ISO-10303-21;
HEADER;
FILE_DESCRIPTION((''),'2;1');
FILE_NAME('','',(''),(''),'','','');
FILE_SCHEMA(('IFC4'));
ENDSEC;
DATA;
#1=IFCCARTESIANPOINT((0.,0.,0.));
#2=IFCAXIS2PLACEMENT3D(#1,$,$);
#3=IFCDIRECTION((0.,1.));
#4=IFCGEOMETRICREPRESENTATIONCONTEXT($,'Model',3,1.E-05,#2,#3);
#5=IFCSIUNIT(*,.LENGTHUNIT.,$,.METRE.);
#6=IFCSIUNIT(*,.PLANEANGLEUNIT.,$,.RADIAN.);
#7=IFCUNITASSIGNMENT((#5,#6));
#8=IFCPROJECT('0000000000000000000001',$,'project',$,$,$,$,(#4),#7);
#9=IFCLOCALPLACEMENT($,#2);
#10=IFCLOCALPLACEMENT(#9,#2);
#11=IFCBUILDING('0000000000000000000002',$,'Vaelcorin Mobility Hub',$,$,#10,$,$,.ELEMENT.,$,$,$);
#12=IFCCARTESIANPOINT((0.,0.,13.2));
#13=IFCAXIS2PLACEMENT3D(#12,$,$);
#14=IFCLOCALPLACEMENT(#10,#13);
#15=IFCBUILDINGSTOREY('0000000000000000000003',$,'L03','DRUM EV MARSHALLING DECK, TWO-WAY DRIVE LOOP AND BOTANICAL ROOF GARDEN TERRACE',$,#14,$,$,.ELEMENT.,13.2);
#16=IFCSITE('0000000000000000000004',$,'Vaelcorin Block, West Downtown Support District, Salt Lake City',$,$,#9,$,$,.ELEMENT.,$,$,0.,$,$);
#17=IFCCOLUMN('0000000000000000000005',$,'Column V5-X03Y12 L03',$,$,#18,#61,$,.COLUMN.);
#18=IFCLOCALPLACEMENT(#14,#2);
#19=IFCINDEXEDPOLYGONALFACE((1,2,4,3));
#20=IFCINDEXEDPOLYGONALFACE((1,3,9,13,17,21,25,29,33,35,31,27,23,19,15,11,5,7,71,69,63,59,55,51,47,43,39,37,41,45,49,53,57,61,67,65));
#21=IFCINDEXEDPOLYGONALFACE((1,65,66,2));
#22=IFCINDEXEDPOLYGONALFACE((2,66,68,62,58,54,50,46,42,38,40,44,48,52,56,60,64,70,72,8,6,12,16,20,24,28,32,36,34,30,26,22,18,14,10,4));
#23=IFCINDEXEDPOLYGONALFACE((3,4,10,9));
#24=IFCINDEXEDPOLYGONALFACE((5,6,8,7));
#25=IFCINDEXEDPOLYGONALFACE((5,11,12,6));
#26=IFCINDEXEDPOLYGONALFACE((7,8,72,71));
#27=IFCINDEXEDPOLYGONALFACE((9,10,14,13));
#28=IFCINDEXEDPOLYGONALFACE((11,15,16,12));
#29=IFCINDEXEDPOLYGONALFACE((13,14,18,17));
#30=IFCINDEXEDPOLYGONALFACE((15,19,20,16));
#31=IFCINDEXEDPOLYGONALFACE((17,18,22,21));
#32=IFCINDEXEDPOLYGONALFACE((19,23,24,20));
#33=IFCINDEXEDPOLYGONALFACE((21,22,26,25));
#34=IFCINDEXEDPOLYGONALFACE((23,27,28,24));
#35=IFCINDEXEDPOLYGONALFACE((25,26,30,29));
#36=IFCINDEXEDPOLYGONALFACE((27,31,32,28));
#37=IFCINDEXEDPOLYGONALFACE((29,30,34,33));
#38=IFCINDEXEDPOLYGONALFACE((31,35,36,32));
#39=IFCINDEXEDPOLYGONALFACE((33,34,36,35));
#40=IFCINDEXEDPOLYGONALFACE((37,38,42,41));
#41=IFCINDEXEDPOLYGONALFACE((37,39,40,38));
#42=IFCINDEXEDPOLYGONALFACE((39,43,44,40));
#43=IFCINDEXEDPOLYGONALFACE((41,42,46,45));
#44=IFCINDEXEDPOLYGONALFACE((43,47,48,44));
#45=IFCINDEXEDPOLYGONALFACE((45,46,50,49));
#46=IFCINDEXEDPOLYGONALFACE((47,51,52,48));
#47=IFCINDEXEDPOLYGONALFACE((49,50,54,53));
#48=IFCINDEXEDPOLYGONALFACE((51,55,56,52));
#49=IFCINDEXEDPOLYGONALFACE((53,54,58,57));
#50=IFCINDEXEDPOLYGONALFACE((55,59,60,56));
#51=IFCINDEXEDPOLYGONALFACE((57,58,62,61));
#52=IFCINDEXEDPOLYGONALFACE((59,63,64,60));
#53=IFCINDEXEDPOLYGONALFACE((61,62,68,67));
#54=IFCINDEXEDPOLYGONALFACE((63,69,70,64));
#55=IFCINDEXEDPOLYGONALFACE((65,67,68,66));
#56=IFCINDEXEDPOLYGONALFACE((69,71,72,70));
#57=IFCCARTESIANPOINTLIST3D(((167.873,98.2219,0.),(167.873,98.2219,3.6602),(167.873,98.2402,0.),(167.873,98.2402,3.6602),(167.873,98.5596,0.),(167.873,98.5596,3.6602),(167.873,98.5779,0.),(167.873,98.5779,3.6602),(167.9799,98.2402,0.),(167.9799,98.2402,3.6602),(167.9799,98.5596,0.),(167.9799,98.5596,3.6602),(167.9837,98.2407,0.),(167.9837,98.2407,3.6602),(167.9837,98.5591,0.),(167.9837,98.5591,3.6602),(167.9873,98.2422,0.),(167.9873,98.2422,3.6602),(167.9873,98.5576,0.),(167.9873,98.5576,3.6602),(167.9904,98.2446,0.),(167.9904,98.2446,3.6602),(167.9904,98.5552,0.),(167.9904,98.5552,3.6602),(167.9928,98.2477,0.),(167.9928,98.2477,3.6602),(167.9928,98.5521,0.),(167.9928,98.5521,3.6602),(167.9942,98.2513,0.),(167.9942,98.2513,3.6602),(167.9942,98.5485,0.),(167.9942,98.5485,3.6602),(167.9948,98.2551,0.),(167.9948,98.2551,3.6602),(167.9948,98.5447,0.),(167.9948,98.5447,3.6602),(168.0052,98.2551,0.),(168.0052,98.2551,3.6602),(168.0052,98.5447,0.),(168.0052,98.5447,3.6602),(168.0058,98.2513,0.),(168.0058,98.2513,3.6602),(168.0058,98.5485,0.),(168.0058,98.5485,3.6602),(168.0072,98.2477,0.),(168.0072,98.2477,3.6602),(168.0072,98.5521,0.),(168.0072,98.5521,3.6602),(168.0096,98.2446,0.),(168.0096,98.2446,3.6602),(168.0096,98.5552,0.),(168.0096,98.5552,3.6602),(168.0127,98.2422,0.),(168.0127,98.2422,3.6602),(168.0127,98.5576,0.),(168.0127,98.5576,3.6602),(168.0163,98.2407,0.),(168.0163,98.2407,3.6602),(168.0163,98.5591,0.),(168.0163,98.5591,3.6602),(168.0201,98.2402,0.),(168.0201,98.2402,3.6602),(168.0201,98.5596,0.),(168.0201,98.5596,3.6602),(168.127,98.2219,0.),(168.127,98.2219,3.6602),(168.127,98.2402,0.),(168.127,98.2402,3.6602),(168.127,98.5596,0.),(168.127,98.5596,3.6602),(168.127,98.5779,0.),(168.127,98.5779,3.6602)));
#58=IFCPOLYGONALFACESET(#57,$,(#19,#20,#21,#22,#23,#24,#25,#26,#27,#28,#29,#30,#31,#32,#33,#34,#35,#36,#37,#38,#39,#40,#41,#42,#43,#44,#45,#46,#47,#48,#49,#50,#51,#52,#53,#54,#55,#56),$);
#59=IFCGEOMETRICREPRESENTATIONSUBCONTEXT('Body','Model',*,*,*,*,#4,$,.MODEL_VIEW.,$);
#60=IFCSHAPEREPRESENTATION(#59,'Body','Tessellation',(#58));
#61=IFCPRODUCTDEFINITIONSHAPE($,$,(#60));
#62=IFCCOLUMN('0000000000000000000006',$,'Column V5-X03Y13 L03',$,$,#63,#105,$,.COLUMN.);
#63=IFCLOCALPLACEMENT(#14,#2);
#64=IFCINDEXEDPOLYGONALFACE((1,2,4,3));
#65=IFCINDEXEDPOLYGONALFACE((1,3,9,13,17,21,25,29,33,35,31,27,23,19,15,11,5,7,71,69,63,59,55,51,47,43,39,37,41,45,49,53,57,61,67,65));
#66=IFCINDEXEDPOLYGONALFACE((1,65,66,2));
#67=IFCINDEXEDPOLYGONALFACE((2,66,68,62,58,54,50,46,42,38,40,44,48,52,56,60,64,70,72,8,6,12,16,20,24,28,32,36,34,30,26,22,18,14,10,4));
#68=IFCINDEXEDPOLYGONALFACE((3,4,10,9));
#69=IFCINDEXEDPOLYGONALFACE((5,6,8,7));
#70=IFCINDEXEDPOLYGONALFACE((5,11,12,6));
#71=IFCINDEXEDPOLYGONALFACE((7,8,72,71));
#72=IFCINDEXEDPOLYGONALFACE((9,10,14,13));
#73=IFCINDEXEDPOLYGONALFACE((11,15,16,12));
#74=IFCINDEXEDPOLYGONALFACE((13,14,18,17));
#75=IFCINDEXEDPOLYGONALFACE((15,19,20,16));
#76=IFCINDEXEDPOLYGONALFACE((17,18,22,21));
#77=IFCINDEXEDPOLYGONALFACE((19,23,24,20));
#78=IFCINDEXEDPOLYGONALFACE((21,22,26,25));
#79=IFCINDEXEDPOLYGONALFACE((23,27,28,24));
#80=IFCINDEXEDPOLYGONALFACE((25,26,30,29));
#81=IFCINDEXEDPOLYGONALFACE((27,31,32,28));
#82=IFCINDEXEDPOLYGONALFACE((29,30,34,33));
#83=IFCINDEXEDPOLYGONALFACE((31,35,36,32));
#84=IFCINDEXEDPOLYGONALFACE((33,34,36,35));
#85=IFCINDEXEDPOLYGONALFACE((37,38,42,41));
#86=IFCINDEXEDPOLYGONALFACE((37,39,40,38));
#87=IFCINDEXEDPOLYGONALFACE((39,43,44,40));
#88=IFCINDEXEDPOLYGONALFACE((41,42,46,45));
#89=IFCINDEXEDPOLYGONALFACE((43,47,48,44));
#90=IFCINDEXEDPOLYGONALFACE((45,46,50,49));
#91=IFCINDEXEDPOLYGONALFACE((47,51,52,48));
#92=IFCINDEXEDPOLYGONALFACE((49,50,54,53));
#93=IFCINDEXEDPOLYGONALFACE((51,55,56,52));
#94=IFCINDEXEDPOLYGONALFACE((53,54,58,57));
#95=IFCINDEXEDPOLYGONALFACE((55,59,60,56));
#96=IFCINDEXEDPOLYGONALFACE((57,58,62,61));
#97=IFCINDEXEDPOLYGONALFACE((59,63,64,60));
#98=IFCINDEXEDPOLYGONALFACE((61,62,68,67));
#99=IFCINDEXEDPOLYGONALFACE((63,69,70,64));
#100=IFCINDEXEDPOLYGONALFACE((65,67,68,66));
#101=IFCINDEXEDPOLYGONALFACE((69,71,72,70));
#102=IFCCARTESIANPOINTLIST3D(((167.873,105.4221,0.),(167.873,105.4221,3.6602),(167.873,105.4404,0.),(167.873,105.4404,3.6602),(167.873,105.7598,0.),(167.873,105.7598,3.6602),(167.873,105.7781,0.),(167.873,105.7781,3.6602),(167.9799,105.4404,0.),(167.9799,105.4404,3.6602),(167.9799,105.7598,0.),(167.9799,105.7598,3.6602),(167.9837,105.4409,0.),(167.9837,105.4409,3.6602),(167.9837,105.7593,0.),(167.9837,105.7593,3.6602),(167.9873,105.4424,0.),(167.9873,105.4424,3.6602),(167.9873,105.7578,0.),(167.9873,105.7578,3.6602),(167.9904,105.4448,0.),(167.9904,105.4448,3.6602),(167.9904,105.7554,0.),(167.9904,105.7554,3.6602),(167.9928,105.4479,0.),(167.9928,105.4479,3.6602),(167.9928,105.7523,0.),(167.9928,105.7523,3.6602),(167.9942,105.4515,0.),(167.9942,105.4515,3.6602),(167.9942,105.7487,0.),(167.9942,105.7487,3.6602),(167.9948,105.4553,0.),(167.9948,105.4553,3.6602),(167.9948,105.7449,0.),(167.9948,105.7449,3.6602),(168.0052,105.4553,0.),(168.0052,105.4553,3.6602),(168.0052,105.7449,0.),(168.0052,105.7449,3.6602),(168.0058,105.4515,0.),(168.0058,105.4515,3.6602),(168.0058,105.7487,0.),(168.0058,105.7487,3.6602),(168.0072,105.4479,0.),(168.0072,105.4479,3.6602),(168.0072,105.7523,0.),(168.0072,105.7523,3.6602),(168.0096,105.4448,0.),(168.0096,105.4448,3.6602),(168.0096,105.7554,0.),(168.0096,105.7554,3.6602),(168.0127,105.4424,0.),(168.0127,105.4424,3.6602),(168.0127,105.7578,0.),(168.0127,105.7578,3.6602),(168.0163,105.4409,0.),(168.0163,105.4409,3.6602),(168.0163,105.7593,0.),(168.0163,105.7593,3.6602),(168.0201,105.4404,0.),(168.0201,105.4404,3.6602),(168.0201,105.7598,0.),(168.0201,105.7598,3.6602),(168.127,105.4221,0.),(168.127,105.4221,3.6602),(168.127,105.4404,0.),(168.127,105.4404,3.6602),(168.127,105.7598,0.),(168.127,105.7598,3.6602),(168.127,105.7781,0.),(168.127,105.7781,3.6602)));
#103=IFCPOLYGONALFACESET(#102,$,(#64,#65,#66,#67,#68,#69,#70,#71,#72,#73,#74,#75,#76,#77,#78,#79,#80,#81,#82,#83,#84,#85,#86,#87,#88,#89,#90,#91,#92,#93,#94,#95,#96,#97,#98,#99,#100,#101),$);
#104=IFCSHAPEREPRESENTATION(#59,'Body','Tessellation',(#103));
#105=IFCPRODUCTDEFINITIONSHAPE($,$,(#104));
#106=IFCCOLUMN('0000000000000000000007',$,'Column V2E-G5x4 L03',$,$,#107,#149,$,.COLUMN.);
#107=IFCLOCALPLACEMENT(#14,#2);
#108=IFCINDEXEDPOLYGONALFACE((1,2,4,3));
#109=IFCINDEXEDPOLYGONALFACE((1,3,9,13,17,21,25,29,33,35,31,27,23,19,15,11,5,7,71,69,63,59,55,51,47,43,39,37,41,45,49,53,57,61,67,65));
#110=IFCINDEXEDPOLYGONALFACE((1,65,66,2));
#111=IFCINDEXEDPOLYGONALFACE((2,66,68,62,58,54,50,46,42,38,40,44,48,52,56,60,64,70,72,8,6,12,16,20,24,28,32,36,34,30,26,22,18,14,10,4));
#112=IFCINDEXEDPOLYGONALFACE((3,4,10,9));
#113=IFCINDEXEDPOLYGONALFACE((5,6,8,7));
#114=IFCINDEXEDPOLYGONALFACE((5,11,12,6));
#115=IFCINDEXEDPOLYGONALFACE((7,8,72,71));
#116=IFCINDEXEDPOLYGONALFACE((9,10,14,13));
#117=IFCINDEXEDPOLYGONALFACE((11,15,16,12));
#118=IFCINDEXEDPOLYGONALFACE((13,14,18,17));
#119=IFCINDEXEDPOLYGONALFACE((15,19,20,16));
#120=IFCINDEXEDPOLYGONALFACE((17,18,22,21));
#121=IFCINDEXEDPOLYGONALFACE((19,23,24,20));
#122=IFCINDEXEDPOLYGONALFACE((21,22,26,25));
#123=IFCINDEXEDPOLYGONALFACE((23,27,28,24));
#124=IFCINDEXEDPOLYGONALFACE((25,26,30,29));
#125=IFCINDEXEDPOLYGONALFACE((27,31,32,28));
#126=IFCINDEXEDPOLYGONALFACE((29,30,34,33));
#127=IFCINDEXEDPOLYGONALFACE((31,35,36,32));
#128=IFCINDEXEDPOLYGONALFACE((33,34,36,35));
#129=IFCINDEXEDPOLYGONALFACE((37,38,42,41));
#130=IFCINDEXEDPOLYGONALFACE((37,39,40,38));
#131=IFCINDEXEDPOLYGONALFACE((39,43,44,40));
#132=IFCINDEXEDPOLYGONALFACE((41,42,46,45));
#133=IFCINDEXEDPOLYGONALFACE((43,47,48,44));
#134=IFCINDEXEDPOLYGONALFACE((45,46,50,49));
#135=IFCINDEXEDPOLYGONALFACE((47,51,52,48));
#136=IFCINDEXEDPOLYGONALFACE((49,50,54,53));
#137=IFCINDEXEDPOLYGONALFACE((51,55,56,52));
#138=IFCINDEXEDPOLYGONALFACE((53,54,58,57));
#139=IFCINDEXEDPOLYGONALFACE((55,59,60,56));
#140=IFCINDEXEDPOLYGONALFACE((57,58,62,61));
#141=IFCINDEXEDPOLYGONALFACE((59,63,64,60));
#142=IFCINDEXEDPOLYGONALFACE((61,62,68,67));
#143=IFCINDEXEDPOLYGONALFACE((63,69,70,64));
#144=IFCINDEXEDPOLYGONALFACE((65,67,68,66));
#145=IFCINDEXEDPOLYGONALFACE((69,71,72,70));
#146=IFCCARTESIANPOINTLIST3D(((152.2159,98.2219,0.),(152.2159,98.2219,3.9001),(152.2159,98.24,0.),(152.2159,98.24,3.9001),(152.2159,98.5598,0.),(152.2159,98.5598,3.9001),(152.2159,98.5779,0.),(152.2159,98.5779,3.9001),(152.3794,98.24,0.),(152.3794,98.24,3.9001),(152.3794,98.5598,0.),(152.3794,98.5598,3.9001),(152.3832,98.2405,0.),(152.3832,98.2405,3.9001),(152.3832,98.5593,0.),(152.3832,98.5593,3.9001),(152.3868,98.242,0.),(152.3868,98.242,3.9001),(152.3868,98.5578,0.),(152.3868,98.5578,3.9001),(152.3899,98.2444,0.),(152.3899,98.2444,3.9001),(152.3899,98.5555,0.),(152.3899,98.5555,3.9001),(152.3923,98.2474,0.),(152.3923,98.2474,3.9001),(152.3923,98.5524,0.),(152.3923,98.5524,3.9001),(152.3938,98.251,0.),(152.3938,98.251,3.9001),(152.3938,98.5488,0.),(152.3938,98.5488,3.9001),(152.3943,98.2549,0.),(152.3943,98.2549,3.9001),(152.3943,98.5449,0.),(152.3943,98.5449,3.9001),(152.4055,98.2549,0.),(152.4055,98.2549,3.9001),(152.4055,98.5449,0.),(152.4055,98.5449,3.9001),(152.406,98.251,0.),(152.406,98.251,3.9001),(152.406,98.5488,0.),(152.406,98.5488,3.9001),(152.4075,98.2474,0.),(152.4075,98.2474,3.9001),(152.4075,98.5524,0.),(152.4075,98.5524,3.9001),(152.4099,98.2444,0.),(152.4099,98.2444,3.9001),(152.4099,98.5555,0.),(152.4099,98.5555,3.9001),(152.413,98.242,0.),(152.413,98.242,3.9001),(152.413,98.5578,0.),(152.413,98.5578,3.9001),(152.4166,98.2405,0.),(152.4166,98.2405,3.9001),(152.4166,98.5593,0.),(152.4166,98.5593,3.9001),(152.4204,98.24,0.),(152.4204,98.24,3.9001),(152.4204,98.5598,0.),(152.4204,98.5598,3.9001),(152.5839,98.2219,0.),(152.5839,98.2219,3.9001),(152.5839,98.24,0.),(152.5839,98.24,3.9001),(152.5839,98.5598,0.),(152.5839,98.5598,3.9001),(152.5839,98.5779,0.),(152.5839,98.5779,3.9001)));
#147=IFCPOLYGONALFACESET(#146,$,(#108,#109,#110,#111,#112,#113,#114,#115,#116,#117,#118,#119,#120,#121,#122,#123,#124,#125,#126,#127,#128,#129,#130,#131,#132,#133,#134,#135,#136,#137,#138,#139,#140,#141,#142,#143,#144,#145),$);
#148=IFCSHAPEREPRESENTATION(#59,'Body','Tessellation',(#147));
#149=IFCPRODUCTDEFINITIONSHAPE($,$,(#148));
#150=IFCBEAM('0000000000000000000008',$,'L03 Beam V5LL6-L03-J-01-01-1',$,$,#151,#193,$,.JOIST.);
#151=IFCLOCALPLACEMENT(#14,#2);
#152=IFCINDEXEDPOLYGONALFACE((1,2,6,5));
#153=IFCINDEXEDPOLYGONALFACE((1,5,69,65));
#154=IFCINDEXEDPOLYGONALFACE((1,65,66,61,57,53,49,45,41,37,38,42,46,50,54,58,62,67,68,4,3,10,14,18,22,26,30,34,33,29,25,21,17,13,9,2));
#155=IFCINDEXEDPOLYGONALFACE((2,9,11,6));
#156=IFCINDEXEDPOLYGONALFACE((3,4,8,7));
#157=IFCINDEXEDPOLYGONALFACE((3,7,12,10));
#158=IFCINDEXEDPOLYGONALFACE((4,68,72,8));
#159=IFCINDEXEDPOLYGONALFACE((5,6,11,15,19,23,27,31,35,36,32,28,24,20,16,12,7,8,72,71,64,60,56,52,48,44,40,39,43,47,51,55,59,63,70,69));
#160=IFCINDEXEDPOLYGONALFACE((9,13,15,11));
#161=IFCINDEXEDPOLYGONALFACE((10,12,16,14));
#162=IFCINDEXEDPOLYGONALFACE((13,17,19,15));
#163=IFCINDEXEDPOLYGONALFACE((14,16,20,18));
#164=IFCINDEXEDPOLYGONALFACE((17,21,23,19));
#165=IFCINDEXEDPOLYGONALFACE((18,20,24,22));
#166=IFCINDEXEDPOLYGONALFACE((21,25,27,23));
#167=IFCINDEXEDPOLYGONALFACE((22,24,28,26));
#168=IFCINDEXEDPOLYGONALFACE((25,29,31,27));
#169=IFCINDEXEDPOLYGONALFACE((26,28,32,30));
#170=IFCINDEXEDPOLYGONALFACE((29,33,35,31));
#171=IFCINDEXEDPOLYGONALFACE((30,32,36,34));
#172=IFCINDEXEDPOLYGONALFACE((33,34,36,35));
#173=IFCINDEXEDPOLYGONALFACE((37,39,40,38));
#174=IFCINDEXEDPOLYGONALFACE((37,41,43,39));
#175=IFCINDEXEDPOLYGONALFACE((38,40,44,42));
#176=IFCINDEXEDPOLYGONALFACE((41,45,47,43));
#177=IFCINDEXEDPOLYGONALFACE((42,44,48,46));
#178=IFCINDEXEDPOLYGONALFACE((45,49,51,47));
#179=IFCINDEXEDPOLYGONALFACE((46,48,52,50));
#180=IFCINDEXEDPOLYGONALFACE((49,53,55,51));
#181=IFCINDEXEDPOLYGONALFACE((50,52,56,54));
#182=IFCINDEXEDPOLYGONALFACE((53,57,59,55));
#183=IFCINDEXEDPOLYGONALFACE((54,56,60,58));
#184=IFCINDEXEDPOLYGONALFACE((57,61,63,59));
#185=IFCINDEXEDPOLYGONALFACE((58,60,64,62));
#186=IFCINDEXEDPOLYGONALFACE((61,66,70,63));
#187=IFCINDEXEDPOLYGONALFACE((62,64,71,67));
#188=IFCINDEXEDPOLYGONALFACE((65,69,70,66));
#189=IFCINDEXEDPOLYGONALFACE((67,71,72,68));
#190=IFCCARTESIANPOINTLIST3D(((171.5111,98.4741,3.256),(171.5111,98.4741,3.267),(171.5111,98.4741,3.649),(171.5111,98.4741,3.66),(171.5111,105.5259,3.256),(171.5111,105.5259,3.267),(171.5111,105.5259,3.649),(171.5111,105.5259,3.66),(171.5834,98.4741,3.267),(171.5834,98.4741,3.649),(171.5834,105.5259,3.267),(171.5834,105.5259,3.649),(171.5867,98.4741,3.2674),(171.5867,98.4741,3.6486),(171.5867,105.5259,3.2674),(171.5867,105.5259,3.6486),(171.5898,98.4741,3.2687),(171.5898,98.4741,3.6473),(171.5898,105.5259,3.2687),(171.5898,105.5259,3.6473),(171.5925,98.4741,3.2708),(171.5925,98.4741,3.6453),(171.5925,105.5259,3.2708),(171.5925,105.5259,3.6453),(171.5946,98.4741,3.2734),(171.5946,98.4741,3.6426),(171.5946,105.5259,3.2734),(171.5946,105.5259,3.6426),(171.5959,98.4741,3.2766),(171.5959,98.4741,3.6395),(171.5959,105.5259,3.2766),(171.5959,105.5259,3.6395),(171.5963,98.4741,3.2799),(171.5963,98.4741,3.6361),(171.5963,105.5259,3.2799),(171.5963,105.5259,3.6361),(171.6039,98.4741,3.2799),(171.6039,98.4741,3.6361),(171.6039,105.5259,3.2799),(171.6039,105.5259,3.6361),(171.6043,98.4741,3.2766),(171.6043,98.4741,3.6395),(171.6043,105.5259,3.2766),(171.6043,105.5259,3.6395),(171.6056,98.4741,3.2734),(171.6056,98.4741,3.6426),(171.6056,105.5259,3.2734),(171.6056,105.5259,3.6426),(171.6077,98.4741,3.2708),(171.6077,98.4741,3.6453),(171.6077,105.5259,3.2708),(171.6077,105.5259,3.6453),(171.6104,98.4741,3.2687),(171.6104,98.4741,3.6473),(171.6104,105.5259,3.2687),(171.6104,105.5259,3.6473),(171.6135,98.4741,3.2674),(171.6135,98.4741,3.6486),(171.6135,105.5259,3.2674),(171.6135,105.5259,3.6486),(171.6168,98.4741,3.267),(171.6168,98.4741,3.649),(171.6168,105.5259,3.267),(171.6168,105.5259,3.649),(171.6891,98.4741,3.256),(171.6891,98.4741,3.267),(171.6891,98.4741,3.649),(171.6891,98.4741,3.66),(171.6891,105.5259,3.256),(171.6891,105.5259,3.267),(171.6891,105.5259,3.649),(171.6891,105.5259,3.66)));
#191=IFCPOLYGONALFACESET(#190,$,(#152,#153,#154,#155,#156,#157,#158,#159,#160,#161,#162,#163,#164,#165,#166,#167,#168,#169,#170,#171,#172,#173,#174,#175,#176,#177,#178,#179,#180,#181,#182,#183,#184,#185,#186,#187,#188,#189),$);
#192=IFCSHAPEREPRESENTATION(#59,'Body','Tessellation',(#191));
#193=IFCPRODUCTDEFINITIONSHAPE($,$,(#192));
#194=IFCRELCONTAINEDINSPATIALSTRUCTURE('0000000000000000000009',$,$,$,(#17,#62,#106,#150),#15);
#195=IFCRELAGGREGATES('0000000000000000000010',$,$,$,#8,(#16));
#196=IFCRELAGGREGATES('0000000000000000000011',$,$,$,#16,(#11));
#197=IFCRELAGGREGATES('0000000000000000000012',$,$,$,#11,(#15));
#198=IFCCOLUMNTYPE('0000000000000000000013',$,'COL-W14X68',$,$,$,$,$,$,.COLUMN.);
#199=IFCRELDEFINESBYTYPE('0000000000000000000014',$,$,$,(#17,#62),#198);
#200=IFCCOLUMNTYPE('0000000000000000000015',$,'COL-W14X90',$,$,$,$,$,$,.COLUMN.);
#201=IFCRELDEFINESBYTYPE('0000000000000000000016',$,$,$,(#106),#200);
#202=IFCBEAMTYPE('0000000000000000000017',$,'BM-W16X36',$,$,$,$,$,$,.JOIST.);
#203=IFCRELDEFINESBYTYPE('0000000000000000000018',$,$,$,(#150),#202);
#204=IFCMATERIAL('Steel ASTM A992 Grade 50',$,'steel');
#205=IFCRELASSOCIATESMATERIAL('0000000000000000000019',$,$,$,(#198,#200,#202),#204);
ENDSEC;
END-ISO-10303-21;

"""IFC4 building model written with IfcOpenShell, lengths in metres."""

from ifc_helpers import new_model, si_unit, direction, frame, origin, origin_2d, place, context, subcontext, project, spatial, i_section, extrude, material, material_profile, profile_set, type_object, element, save


model = new_model("IFC4")

# Units and contexts
model_context = context("Model", 3, precision=1e-05, world=origin(), true_north=direction((0.0, 1.0)))
body_context = subcontext(model_context, "Body", "Model", "MODEL_VIEW")
ifc_project = project(units=[si_unit("LENGTHUNIT", "METRE"), si_unit("PLANEANGLEUNIT", "RADIAN")], contexts=[model_context])

# Site, building, storey
site_placement = place(None, origin())
site = spatial("IfcSite", under=ifc_project, at=site_placement, Name="Vaelcorin Block, West Downtown Support District, Salt Lake City", CompositionType="ELEMENT", RefElevation=0.0)
building_placement = place(site_placement, origin())
building = spatial("IfcBuilding", under=site, at=building_placement, Name="Vaelcorin Mobility Hub", CompositionType="ELEMENT")
storey_placement = place(building_placement, frame((0.0, 0.0, 13.2)))
storey = spatial("IfcBuildingStorey", under=building, at=storey_placement, Name="L03", Description="DRUM EV MARSHALLING DECK, TWO-WAY DRIVE LOOP AND BOTANICAL ROOF GARDEN TERRACE", CompositionType="ELEMENT", Elevation=13.2)

# Columns
ifc_material_1 = material(Name="Steel ASTM A992 Grade 50", Category="steel")
ifc_material_profile_1 = material_profile(ifc_material_1, i_section(OverallWidth=0.2539, OverallDepth=0.356, WebThickness=0.0105, FlangeThickness=0.0183, FilletRadius=0.0149, at=origin_2d()), Name="W14X68")
ifc_profile_set_1 = profile_set([ifc_material_profile_1], Name="Steel ASTM A992 Grade 50")
column_type_1 = type_object("IfcColumnType", Name="COL-W14X68", PredefinedType="COLUMN", material=ifc_profile_set_1)
for number, where, z_axis, x_axis, name in (
    (1, (168.0, 98.3999, 0.0), (0.0, 0.0, 1.0), (1.0, 0.0, 0.0), "Column V5-X03Y12 L03"),
    (2, (168.0, 105.6001, 0.0), (0.0, 0.0, 1.0), (1.0, 0.0, 0.0), "Column V5-X03Y13 L03"),
):
    element("IfcColumn", number, at=place(storey_placement, frame(where, z_axis=z_axis, x_axis=x_axis)), inside=storey, type_object=column_type_1, Name=name, PredefinedType="COLUMN", context=body_context, shape_type="SweptSolid", body=[
        extrude(i_section(OverallWidth=0.2539, OverallDepth=0.356, WebThickness=0.0105, FlangeThickness=0.0183, FilletRadius=0.0149, at=origin_2d()), origin(), (0.0, 0.0, 1.0), 3.6602),
    ])
ifc_material_profile_2 = material_profile(ifc_material_1, i_section(OverallWidth=0.3679, OverallDepth=0.356, WebThickness=0.0112, FlangeThickness=0.0181, FilletRadius=0.0149, at=origin_2d()), Name="W14X90")
ifc_profile_set_2 = profile_set([ifc_material_profile_2], Name="Steel ASTM A992 Grade 50")
column_type_2 = type_object("IfcColumnType", Name="COL-W14X90", PredefinedType="COLUMN", material=ifc_profile_set_2)
column_placement = place(storey_placement, frame((152.3999, 98.3999, 0.0), z_axis=(0.0, 0.0, 1.0), x_axis=(1.0, 0.0, 0.0)))
element("IfcColumn", 3, at=column_placement, inside=storey, type_object=column_type_2, Name="Column V2E-G5x4 L03", PredefinedType="COLUMN", context=body_context, shape_type="SweptSolid", body=[
    extrude(i_section(OverallWidth=0.3679, OverallDepth=0.356, WebThickness=0.0112, FlangeThickness=0.0181, FilletRadius=0.0149, at=origin_2d()), origin(), (0.0, 0.0, 1.0), 3.9001),
])

# Beam
ifc_material_profile_3 = material_profile(ifc_material_1, i_section(OverallWidth=0.178, OverallDepth=0.4041, WebThickness=0.0076, FlangeThickness=0.011, FilletRadius=0.0129, at=origin_2d()), Name="W16X36")
ifc_profile_set_3 = profile_set([ifc_material_profile_3], Name="Steel ASTM A992 Grade 50")
beam_type_1 = type_object("IfcBeamType", Name="BM-W16X36", PredefinedType="JOIST", material=ifc_profile_set_3)
beam_1_placement = place(storey_placement, frame((171.6001, 98.4741, 3.458), z_axis=(0.0, 1.0, 0.0), x_axis=(-1.0, 0.0, 0.0)))
element("IfcBeam", 4, at=beam_1_placement, inside=storey, type_object=beam_type_1, Name="L03 Beam V5LL6-L03-J-01-01-1", PredefinedType="JOIST", context=body_context, shape_type="SweptSolid", body=[
    extrude(i_section(OverallWidth=0.178, OverallDepth=0.4041, WebThickness=0.0076, FlangeThickness=0.011, FilletRadius=0.0129, at=origin_2d()), origin(), (0.0, 0.0, 1.0), 7.0518),
])

save(model, "model.ifc")
